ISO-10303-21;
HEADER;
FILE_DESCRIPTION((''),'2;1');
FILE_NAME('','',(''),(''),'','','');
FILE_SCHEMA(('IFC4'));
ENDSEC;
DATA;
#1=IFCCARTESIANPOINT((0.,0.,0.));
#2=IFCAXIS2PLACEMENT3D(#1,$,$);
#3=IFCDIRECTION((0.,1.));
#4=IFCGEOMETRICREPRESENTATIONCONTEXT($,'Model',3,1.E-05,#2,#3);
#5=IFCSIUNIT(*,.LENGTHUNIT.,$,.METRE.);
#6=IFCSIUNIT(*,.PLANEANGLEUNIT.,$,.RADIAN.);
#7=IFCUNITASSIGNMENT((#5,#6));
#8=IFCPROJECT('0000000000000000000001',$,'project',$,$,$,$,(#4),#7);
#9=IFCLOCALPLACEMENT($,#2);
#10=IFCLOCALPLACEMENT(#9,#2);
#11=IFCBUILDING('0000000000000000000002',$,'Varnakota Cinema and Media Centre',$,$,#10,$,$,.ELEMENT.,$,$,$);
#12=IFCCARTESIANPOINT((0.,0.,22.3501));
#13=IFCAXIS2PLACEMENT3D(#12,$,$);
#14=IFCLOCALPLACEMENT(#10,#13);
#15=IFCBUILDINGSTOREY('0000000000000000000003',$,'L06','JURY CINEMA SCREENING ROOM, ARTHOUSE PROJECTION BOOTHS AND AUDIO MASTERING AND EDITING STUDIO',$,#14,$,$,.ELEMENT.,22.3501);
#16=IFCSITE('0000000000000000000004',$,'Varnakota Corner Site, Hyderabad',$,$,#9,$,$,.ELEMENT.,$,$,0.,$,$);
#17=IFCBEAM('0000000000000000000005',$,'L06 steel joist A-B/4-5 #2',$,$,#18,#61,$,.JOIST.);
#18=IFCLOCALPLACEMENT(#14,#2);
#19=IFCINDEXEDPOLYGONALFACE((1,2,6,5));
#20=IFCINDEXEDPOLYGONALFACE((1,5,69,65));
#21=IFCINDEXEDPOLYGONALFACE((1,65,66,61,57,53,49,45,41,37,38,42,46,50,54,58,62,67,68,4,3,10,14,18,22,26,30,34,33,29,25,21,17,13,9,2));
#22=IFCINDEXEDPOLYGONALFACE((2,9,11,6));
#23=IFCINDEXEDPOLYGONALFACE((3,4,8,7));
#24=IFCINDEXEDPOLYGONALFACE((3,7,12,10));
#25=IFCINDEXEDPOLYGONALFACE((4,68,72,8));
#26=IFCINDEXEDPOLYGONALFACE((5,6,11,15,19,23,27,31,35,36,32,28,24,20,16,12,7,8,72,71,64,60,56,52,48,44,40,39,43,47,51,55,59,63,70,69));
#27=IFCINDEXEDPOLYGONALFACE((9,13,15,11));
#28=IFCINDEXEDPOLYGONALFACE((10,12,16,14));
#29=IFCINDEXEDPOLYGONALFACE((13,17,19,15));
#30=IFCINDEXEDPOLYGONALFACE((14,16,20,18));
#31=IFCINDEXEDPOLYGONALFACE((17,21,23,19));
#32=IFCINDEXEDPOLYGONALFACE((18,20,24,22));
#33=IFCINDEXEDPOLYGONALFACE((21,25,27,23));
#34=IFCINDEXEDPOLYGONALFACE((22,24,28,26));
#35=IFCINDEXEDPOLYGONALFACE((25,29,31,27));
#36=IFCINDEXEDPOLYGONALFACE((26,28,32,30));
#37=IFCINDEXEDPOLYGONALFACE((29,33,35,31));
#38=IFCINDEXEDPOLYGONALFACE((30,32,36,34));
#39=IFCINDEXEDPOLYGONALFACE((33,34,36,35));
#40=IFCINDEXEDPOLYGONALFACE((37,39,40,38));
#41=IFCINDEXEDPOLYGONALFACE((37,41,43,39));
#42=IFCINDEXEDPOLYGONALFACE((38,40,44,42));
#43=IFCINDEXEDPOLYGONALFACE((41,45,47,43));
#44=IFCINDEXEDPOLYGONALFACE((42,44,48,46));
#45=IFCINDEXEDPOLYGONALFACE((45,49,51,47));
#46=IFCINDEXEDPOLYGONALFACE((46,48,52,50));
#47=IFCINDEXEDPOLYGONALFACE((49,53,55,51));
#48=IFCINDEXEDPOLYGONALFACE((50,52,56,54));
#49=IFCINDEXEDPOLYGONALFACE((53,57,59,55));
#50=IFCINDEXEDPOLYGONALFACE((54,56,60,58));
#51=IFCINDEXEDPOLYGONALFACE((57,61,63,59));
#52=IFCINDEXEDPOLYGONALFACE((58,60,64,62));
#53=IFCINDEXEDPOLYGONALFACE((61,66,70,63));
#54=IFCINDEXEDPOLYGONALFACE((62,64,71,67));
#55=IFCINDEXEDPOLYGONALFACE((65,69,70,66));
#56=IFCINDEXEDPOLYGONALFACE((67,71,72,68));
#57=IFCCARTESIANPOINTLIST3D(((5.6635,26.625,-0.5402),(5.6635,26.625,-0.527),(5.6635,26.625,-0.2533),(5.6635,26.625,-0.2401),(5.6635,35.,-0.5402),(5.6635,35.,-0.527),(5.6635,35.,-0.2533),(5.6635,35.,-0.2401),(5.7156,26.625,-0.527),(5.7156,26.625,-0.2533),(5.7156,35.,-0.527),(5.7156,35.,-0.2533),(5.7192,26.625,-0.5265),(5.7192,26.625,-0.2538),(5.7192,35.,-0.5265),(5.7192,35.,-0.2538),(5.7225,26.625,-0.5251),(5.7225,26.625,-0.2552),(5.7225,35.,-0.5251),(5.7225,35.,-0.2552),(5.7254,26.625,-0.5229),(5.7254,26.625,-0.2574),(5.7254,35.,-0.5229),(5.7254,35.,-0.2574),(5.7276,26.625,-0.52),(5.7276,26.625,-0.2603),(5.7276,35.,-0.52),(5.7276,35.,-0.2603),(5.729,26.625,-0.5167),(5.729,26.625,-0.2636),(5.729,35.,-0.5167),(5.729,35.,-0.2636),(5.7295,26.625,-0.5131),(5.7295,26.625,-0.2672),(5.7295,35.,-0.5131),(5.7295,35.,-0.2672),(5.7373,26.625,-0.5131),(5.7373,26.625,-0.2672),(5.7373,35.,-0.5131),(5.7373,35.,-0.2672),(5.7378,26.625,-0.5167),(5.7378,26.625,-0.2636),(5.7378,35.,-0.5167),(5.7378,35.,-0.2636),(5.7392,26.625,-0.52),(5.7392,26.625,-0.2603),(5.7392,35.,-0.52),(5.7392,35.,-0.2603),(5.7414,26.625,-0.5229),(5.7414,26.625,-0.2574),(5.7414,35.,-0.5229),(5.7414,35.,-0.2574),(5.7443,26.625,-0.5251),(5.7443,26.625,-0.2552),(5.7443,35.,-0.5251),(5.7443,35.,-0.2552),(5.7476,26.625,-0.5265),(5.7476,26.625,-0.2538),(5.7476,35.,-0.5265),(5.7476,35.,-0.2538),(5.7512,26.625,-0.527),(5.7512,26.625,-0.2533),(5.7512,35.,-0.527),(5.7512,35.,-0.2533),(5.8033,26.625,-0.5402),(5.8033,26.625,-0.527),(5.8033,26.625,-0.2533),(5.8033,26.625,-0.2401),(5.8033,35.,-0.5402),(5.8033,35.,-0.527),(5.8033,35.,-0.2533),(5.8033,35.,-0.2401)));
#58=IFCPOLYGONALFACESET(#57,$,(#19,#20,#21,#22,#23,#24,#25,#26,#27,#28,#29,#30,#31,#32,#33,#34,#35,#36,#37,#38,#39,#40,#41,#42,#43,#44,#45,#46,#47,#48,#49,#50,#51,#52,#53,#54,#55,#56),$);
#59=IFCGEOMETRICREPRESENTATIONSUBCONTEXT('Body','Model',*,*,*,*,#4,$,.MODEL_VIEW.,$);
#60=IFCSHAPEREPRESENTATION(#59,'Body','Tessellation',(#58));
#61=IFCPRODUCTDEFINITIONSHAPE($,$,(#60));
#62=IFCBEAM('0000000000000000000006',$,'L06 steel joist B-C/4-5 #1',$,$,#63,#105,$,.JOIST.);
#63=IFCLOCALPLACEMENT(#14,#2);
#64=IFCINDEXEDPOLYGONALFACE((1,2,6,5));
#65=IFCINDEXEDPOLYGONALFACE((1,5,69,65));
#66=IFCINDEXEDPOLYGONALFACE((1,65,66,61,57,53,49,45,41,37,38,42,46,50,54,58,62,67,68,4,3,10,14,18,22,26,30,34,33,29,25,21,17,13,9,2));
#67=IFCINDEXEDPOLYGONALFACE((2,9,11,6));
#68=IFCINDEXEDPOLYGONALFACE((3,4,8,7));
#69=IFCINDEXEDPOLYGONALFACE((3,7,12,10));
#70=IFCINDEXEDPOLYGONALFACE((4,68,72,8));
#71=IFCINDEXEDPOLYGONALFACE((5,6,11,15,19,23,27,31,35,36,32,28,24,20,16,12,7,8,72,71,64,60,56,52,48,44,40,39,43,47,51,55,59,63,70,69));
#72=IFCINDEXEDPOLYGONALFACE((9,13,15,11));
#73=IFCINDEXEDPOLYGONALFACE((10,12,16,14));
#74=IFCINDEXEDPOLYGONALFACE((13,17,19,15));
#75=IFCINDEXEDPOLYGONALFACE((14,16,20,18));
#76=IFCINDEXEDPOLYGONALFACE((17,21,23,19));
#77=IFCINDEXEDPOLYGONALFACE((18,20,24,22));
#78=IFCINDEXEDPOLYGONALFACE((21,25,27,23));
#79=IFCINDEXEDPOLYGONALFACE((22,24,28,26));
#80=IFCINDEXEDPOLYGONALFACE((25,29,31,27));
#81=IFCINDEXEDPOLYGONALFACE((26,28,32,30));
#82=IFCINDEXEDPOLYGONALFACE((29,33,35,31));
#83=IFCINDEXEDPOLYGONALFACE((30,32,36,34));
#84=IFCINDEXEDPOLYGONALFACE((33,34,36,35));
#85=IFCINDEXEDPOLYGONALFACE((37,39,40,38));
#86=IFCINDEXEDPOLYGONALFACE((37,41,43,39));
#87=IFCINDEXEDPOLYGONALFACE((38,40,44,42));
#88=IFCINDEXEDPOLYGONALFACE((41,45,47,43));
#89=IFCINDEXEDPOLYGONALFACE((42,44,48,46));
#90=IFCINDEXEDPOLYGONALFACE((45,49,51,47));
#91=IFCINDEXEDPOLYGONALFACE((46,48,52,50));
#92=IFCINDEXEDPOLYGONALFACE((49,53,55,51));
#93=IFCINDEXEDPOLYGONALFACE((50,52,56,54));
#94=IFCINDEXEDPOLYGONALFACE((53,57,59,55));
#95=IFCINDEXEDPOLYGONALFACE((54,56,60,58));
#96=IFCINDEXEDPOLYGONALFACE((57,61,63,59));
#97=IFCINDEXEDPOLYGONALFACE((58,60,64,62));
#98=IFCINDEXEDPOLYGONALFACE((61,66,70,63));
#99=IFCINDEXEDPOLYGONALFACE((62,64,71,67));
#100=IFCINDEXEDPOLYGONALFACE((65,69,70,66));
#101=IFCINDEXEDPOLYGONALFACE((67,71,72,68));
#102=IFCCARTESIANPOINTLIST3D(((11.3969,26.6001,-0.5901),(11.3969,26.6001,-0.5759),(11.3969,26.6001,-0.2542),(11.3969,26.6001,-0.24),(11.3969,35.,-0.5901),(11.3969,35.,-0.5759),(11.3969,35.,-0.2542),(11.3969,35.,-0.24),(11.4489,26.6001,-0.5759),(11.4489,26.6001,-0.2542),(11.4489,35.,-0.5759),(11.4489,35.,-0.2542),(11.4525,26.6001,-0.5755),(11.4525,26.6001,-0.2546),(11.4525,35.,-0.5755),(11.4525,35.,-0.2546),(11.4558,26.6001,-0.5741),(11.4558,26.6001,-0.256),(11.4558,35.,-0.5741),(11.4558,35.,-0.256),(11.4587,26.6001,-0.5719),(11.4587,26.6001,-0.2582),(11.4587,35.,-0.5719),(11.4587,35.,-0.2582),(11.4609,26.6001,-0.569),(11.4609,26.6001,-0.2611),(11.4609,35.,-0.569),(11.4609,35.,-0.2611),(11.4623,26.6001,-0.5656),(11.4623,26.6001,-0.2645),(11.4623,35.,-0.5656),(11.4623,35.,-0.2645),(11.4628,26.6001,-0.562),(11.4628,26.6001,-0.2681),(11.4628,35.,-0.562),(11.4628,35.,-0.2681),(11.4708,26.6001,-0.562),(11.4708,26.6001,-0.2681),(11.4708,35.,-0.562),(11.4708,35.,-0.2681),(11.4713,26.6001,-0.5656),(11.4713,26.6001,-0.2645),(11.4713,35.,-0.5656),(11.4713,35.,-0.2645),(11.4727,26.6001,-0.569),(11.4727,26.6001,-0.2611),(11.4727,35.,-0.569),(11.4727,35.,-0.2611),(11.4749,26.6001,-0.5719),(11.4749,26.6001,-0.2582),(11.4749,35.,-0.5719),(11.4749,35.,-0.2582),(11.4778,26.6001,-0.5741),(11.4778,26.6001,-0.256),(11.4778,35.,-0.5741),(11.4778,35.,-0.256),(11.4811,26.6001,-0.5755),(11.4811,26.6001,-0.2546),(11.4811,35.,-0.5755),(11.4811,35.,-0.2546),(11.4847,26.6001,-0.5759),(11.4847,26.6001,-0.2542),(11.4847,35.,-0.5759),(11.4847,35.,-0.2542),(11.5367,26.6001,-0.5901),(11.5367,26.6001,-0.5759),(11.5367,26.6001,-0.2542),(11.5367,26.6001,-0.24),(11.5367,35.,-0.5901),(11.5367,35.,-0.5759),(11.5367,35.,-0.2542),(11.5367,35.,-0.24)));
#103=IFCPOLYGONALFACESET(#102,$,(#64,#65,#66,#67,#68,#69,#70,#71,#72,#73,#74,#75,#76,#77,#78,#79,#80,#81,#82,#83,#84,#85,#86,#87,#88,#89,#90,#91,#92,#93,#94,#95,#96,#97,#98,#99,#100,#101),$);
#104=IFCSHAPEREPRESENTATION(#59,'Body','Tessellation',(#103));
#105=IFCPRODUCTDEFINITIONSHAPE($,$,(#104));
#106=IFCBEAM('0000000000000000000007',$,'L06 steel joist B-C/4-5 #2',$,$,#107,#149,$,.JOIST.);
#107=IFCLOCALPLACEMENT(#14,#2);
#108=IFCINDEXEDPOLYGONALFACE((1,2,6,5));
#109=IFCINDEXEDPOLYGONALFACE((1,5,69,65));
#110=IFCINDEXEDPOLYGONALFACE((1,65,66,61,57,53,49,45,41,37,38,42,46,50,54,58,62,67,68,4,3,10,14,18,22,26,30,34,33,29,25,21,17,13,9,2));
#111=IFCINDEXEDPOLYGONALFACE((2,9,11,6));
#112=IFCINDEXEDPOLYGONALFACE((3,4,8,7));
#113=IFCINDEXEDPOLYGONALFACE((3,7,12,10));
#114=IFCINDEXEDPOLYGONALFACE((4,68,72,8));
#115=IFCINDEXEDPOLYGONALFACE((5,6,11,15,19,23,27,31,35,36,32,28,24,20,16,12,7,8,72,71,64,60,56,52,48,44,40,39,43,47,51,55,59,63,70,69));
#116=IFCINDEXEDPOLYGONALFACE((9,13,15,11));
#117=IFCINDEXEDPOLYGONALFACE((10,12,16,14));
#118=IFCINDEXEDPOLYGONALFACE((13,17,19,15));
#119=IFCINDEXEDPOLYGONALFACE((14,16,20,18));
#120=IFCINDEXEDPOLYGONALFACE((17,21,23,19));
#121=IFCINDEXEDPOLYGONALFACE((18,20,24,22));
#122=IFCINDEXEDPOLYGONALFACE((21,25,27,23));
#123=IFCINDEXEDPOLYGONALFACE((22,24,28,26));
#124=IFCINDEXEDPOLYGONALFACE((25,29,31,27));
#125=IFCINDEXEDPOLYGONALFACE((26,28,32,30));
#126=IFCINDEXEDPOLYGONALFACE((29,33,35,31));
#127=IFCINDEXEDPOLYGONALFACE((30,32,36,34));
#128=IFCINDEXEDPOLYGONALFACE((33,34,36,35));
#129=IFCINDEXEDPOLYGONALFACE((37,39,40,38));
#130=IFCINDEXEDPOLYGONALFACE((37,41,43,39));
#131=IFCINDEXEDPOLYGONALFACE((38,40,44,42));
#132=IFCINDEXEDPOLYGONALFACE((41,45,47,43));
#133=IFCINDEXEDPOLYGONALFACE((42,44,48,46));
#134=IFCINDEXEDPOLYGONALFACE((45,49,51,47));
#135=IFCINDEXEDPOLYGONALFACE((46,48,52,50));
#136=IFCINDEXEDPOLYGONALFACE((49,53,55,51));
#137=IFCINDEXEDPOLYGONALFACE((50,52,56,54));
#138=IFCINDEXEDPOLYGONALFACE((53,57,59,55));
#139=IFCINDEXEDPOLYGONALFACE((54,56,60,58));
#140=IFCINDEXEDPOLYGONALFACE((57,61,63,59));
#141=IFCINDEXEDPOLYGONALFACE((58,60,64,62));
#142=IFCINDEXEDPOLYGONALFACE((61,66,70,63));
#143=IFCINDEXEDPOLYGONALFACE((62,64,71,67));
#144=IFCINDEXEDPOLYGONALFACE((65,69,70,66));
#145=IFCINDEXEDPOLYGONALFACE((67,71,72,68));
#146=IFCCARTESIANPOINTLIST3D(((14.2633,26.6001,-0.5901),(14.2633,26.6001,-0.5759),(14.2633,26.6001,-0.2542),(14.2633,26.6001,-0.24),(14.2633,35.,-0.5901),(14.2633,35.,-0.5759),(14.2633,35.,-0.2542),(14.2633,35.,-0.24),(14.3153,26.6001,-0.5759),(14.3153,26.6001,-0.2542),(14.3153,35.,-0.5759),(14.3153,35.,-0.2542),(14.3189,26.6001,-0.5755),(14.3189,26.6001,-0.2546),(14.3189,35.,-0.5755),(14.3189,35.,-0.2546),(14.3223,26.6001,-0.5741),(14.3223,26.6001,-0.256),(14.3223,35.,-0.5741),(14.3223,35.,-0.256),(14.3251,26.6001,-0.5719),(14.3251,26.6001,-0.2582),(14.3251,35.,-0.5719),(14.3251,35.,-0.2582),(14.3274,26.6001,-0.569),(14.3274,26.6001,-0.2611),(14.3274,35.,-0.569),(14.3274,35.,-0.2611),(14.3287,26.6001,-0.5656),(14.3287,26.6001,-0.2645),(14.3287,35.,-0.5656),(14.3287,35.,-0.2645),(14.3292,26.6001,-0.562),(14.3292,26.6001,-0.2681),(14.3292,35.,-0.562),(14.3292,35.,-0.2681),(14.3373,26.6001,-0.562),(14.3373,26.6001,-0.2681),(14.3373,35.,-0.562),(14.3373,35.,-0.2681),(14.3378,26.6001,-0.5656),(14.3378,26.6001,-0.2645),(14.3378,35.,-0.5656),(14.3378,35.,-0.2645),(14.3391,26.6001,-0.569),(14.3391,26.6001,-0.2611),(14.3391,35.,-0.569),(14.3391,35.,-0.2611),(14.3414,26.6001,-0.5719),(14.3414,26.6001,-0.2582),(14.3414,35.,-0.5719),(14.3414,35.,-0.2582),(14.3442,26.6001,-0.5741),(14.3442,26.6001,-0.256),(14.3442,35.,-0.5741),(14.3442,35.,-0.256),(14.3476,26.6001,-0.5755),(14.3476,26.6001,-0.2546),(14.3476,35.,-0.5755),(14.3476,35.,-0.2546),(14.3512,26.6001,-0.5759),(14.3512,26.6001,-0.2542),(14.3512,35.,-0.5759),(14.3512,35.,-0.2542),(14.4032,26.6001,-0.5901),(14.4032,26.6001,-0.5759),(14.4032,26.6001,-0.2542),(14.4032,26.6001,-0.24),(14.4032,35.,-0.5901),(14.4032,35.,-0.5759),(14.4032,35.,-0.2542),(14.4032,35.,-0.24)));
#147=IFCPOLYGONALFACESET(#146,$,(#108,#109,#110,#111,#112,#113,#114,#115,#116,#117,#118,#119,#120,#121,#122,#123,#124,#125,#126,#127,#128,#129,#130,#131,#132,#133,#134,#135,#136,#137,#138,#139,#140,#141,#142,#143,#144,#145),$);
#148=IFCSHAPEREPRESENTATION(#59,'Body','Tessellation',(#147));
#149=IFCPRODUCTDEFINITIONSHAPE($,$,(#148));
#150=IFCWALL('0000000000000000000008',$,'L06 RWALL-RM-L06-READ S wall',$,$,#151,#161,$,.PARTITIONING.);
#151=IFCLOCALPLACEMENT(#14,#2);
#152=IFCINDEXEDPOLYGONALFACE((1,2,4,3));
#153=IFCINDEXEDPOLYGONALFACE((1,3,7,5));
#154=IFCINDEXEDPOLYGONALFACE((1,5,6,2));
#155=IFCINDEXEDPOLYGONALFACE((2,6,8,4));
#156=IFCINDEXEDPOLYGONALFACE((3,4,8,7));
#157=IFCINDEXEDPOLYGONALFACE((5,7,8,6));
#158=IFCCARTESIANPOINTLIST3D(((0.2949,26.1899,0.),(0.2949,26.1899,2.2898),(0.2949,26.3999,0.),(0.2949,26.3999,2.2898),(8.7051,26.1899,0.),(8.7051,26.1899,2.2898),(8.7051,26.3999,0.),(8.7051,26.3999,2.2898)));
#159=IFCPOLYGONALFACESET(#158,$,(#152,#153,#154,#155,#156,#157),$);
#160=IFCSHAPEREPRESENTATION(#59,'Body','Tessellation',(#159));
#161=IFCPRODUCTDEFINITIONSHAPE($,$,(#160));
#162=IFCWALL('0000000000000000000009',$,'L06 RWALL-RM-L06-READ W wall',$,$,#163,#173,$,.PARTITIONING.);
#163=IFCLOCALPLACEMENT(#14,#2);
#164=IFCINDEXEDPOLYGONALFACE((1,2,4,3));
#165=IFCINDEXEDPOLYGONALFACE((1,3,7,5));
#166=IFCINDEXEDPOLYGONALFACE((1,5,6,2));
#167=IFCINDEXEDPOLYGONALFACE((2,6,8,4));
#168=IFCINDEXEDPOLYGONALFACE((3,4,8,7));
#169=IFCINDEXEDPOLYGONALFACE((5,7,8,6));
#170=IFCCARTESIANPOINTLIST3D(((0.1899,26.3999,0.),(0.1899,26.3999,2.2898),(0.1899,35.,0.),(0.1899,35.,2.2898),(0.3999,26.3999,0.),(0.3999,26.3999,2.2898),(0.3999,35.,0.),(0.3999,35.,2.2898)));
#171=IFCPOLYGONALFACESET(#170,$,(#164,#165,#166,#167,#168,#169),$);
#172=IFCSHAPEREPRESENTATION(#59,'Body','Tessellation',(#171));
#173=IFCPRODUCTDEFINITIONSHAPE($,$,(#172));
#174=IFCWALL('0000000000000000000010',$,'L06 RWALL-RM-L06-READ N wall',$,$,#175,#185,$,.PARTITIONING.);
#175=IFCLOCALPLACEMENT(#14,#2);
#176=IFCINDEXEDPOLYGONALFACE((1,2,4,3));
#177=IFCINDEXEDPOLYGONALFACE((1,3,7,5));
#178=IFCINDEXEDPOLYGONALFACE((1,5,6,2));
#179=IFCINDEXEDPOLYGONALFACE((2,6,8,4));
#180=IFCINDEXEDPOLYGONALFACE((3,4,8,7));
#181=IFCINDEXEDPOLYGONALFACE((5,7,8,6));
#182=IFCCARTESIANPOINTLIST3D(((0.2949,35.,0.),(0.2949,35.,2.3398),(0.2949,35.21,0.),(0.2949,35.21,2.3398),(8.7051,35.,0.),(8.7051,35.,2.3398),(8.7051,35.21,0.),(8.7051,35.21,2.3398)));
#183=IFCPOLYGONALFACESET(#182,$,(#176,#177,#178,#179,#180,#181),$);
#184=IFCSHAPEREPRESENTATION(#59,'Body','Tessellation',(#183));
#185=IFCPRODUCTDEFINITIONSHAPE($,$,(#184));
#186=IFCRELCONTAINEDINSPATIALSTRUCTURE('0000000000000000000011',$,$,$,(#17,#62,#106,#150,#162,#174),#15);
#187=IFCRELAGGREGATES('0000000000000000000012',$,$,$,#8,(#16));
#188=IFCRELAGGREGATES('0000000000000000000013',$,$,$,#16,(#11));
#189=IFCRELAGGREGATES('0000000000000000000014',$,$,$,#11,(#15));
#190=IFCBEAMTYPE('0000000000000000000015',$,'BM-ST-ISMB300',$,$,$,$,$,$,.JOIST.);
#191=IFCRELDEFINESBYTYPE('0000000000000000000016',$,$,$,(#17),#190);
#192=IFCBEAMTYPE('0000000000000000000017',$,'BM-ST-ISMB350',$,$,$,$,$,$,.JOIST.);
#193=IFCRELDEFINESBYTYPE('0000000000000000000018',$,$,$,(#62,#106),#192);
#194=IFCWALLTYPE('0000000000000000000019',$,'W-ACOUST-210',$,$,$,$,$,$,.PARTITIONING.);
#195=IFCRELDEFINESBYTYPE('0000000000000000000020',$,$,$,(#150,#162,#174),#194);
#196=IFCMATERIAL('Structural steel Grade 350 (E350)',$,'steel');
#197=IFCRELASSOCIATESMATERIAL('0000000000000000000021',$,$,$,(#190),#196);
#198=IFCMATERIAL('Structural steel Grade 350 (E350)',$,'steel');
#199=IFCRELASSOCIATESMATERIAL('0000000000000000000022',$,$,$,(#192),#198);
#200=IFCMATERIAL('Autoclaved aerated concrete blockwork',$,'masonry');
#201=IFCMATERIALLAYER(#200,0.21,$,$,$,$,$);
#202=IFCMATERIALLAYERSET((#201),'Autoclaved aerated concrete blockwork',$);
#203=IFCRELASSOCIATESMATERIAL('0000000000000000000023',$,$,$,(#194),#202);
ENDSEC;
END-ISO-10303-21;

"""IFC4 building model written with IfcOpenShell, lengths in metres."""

from ifc_helpers import new_model, si_unit, direction, frame, frame_2d, origin, origin_2d, place, context, subcontext, project, spatial, rectangle, i_section, extrude, material, layer, layer_set, material_profile, profile_set, type_object, element, save


model = new_model("IFC4")

# Units and contexts
model_context = context("Model", 3, precision=1e-05, world=origin(), true_north=direction((0.0, 1.0)))
body_context = subcontext(model_context, "Body", "Model", "MODEL_VIEW")
ifc_project = project(units=[si_unit("LENGTHUNIT", "METRE"), si_unit("PLANEANGLEUNIT", "RADIAN")], contexts=[model_context])

# Site, building, storey
site_placement = place(None, origin())
site = spatial("IfcSite", under=ifc_project, at=site_placement, Name="Varnakota Corner Site, Hyderabad", CompositionType="ELEMENT", RefElevation=0.0)
building_placement = place(site_placement, origin())
building = spatial("IfcBuilding", under=site, at=building_placement, Name="Varnakota Cinema and Media Centre", CompositionType="ELEMENT")
storey_placement = place(building_placement, frame((0.0, 0.0, 22.3501)))
storey = spatial("IfcBuildingStorey", under=building, at=storey_placement, Name="L06", Description="JURY CINEMA SCREENING ROOM, ARTHOUSE PROJECTION BOOTHS AND AUDIO MASTERING AND EDITING STUDIO", CompositionType="ELEMENT", Elevation=22.3501)

# Beams
ifc_material_1 = material(Name="Structural steel Grade 350 (E350)", Category="steel")
ifc_material_profile_1 = material_profile(ifc_material_1, i_section(OverallWidth=0.1399, OverallDepth=0.3, WebThickness=0.0078, FlangeThickness=0.0132, FilletRadius=0.0139, at=origin_2d()), Name="ISMB 300")
ifc_profile_set_1 = profile_set([ifc_material_profile_1], Name="Structural steel Grade 350 (E350)")
beam_type_1 = type_object("IfcBeamType", Name="BM-ST-ISMB300", PredefinedType="JOIST", material=ifc_profile_set_1)
for number, where, z_axis, x_axis, name in (
    (1, (5.7334, 26.625, -0.3901), (0.0, 1.0, 0.0), (-1.0, 0.0, 0.0), "L06 steel joist A-B/4-5 #2"),
):
    element("IfcBeam", number, at=place(storey_placement, frame(where, z_axis=z_axis, x_axis=x_axis)), inside=storey, type_object=beam_type_1, Name=name, PredefinedType="JOIST", context=body_context, shape_type="SweptSolid", body=[
        extrude(i_section(OverallWidth=0.1399, OverallDepth=0.3, WebThickness=0.0078, FlangeThickness=0.0132, FilletRadius=0.0139, at=origin_2d()), origin(), (0.0, 0.0, 1.0), 8.375),
    ])
ifc_material_2 = material(Name="Structural steel Grade 350 (E350)", Category="steel")
ifc_material_profile_2 = material_profile(ifc_material_2, i_section(OverallWidth=0.1399, OverallDepth=0.3501, WebThickness=0.0081, FlangeThickness=0.0142, FilletRadius=0.0139, at=origin_2d()), Name="ISMB 350")
ifc_profile_set_2 = profile_set([ifc_material_profile_2], Name="Structural steel Grade 350 (E350)")
beam_type_2 = type_object("IfcBeamType", Name="BM-ST-ISMB350", PredefinedType="JOIST", material=ifc_profile_set_2)
for number, where, z_axis, x_axis, name in (
    (2, (11.4668, 26.6001, -0.415), (0.0, 1.0, 0.0), (-1.0, 0.0, 0.0), "L06 steel joist B-C/4-5 #1"),
    (3, (14.3333, 26.6001, -0.415), (0.0, 1.0, 0.0), (-1.0, 0.0, 0.0), "L06 steel joist B-C/4-5 #2"),
):
    element("IfcBeam", number, at=place(storey_placement, frame(where, z_axis=z_axis, x_axis=x_axis)), inside=storey, type_object=beam_type_2, Name=name, PredefinedType="JOIST", context=body_context, shape_type="SweptSolid", body=[
        extrude(i_section(OverallWidth=0.1399, OverallDepth=0.3501, WebThickness=0.0081, FlangeThickness=0.0142, FilletRadius=0.0139, at=origin_2d()), origin(), (0.0, 0.0, 1.0), 8.3999),
    ])

# Walls
ifc_material_3 = material(Name="Autoclaved aerated concrete blockwork", Category="masonry")
ifc_layer_1 = layer(ifc_material_3, 0.21)
ifc_layer_set_1 = layer_set([ifc_layer_1], Name="Autoclaved aerated concrete blockwork")
wall_type_1 = type_object("IfcWallType", Name="W-ACOUST-210", PredefinedType="PARTITIONING", material=ifc_layer_set_1)
wall_1_placement = place(storey_placement, frame((8.7051, 26.2949, 0.0), z_axis=(0.0, 0.0, 1.0), x_axis=(-1.0, 0.0, 0.0)))
element("IfcWall", 4, at=wall_1_placement, inside=storey, type_object=wall_type_1, Name="L06 RWALL-RM-L06-READ S wall", PredefinedType="PARTITIONING", context=body_context, shape_type="SweptSolid", body=[
    extrude(rectangle(XDim=8.4102, YDim=0.21, at=frame_2d((4.2051, 0.0))), origin(), (0.0, 0.0, 1.0), 2.2898),
])
wall_2_placement = place(storey_placement, frame((0.2949, 26.3999, 0.0), z_axis=(0.0, 0.0, 1.0), x_axis=(0.0, 1.0, 0.0)))
element("IfcWall", 5, at=wall_2_placement, inside=storey, type_object=wall_type_1, Name="L06 RWALL-RM-L06-READ W wall", PredefinedType="PARTITIONING", context=body_context, shape_type="SweptSolid", body=[
    extrude(rectangle(XDim=8.6001, YDim=0.21, at=frame_2d((4.3, 0.0))), origin(), (0.0, 0.0, 1.0), 2.2898),
])
wall_3_placement = place(storey_placement, frame((0.2949, 35.105, 0.0), z_axis=(0.0, 0.0, 1.0), x_axis=(1.0, 0.0, 0.0)))
element("IfcWall", 6, at=wall_3_placement, inside=storey, type_object=wall_type_1, Name="L06 RWALL-RM-L06-READ N wall", PredefinedType="PARTITIONING", context=body_context, shape_type="SweptSolid", body=[
    extrude(rectangle(XDim=8.4102, YDim=0.21, at=frame_2d((4.2051, 0.0))), origin(), (0.0, 0.0, 1.0), 2.3398),
])

save(model, "model.ifc")
